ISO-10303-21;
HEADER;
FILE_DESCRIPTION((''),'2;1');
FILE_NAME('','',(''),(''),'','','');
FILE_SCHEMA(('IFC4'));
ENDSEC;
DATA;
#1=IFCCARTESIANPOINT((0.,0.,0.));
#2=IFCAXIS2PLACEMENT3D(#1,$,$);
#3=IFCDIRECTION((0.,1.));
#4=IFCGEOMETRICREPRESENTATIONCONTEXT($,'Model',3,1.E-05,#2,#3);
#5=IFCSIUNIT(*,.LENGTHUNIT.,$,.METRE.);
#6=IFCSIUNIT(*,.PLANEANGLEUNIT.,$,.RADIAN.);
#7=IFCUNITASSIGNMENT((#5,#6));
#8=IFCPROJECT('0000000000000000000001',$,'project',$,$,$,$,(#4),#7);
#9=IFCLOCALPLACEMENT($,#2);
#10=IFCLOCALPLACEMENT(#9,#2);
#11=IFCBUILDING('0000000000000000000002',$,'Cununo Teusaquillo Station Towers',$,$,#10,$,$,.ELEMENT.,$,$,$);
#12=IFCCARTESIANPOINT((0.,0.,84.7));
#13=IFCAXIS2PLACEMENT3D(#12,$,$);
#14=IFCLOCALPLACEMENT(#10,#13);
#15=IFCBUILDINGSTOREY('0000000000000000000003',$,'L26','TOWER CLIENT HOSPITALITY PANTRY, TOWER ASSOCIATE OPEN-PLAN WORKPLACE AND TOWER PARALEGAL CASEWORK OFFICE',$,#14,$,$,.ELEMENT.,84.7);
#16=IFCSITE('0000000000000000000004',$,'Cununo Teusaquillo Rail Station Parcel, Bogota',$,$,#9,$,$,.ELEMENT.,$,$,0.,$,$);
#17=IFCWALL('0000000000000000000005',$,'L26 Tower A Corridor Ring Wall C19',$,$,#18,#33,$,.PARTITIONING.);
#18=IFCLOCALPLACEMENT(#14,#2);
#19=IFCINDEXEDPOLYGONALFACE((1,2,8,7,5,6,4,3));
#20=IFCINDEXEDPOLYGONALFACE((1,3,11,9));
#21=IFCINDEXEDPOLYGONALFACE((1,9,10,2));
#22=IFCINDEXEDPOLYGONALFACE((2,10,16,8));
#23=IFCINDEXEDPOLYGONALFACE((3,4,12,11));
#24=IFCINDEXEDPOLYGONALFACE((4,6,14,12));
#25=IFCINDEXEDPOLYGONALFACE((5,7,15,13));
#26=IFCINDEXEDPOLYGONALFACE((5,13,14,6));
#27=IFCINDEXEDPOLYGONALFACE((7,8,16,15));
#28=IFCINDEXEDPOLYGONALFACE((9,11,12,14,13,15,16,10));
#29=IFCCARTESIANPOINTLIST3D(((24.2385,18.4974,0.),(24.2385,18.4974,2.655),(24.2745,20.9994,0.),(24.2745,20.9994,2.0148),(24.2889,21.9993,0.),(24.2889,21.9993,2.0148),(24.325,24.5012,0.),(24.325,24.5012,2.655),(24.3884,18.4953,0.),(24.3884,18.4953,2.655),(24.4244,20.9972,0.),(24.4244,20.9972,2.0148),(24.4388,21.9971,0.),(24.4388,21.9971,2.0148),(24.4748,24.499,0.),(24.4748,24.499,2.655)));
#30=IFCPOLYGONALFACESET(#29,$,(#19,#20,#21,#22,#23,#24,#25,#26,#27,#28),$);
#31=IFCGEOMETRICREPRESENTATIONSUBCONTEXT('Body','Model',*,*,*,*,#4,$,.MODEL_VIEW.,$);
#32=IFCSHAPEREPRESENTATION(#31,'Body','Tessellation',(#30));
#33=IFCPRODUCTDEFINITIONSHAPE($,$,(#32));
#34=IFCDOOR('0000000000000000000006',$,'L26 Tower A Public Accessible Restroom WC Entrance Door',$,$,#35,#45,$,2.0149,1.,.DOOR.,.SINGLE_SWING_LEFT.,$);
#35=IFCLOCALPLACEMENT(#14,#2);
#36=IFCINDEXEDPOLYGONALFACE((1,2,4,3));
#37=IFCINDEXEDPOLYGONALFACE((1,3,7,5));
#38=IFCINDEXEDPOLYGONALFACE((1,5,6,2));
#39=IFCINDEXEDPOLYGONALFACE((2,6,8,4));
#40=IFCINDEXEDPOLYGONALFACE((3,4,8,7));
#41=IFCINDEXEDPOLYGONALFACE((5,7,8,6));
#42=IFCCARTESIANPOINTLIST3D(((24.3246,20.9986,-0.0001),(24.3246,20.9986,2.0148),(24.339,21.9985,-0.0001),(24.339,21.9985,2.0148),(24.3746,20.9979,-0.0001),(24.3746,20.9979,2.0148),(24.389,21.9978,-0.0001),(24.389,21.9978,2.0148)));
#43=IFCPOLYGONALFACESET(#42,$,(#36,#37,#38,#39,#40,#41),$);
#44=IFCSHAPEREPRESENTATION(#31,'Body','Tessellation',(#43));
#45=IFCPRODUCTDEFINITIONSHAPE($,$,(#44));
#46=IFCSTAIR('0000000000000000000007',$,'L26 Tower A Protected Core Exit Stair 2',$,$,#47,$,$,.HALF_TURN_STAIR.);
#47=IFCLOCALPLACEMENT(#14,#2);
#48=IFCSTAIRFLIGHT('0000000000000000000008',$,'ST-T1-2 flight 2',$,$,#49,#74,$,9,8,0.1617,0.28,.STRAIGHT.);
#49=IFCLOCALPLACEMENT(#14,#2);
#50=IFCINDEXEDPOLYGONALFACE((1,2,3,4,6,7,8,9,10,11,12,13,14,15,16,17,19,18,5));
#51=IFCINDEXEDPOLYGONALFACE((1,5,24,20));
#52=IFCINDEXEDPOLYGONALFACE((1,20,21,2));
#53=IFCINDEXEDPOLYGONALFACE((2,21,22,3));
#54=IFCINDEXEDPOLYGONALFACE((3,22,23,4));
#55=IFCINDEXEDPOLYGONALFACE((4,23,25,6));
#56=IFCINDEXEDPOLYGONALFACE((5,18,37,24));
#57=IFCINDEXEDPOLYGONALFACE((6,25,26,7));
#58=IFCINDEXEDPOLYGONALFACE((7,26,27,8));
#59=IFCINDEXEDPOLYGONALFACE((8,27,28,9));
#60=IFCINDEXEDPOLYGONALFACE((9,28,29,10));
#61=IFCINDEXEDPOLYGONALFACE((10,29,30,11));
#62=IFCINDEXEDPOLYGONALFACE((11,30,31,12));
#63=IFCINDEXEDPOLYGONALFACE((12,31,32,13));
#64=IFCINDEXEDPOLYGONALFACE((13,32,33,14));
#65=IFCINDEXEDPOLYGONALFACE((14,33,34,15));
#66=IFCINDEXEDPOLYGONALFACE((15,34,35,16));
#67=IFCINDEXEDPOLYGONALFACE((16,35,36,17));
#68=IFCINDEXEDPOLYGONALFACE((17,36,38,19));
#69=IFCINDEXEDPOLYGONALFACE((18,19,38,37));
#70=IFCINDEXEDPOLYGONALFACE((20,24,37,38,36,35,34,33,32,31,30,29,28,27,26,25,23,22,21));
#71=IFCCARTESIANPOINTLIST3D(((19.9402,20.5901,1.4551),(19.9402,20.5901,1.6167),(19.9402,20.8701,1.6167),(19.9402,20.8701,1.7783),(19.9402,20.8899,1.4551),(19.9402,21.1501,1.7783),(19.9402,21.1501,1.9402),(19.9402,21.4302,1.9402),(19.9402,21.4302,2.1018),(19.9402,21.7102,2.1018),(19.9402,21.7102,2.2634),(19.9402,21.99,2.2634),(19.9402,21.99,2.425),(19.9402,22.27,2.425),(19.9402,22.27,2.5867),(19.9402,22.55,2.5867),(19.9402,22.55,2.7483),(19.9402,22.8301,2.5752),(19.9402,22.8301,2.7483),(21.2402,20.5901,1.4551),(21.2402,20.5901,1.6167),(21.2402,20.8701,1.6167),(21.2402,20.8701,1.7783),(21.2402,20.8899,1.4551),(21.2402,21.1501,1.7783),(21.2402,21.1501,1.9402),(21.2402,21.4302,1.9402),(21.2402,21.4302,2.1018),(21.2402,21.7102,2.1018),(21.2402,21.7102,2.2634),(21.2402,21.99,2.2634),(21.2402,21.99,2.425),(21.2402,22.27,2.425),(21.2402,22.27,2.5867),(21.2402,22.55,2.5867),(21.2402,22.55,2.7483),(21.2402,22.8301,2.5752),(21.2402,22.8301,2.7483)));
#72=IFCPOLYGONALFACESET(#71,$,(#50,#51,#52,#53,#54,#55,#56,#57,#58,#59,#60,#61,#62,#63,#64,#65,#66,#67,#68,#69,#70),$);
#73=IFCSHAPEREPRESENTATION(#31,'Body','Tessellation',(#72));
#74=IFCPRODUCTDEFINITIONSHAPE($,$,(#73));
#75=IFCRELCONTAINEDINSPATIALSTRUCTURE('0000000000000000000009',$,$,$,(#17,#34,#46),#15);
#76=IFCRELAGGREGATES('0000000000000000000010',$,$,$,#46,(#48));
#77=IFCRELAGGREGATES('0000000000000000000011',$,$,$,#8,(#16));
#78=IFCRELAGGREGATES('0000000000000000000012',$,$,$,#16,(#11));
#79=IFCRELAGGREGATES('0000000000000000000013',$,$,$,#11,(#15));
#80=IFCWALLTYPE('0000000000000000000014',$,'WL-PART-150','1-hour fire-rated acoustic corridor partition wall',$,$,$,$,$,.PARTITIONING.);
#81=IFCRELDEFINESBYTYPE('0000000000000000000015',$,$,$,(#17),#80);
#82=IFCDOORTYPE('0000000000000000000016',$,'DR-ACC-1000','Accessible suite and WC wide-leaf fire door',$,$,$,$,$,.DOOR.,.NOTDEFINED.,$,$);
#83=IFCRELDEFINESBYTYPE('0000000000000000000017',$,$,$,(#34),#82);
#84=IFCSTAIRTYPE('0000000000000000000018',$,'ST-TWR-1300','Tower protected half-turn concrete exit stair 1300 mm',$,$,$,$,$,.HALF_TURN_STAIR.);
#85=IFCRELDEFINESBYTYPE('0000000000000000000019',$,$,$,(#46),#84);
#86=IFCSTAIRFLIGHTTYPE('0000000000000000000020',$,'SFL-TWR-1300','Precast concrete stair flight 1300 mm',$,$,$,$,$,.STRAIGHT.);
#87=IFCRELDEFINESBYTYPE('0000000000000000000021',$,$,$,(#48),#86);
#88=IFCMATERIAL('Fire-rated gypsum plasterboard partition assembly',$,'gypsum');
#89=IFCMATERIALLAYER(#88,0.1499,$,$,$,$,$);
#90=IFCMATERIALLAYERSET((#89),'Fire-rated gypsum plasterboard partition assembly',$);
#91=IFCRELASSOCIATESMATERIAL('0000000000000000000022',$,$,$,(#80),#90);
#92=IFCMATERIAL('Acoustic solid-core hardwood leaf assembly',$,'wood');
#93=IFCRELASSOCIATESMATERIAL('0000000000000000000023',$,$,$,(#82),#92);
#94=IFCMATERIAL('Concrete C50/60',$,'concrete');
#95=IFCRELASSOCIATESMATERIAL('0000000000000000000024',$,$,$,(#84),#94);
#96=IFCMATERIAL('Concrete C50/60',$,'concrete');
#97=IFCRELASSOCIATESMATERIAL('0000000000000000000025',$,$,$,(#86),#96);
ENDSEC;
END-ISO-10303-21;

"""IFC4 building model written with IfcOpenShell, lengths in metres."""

from ifc_helpers import new_model, si_unit, direction, frame, frame_2d, origin, place, context, subcontext, project, spatial, polyline, rectangle, outline, extrude, source, transform, mapped, material, layer, layer_set, type_object, element, fill, aggregate, save


model = new_model("IFC4")

# Units and contexts
model_context = context("Model", 3, precision=1e-05, world=origin(), true_north=direction((0.0, 1.0)))
body_context = subcontext(model_context, "Body", "Model", "MODEL_VIEW")
ifc_project = project(units=[si_unit("LENGTHUNIT", "METRE"), si_unit("PLANEANGLEUNIT", "RADIAN")], contexts=[model_context])

# Site, building, storey
site_placement = place(None, origin())
site = spatial("IfcSite", under=ifc_project, at=site_placement, Name="Cununo Teusaquillo Rail Station Parcel, Bogota", CompositionType="ELEMENT", RefElevation=0.0)
building_placement = place(site_placement, origin())
building = spatial("IfcBuilding", under=site, at=building_placement, Name="Cununo Teusaquillo Station Towers", CompositionType="ELEMENT")
storey_placement = place(building_placement, frame((0.0, 0.0, 84.7)))
storey = spatial("IfcBuildingStorey", under=building, at=storey_placement, Name="L26", Description="TOWER CLIENT HOSPITALITY PANTRY, TOWER ASSOCIATE OPEN-PLAN WORKPLACE AND TOWER PARALEGAL CASEWORK OFFICE", CompositionType="ELEMENT", Elevation=84.7)

# Wall, opening, door
ifc_material_1 = material(Name="Fire-rated gypsum plasterboard partition assembly", Category="gypsum")
ifc_layer_1 = layer(ifc_material_1, 0.1499)
ifc_layer_set_1 = layer_set([ifc_layer_1], Name="Fire-rated gypsum plasterboard partition assembly")
wall_type_1 = type_object("IfcWallType", Name="WL-PART-150", Description="1-hour fire-rated acoustic corridor partition wall", PredefinedType="PARTITIONING", material=ifc_layer_set_1)
wall_1_placement = place(storey_placement, frame((24.3135, 18.4963, 0.0), z_axis=(0.0, 0.0, 1.0), x_axis=(0.014394, 0.999896, 0.0)))
wall_1 = element("IfcWall", 1, at=wall_1_placement, inside=storey, type_object=wall_type_1, Name="L26 Tower A Corridor Ring Wall C19", PredefinedType="PARTITIONING", context=body_context, shape_type="SweptSolid", body=[
    extrude(rectangle(XDim=6.0044, YDim=0.1499, at=frame_2d((3.0022, 0.0))), origin(), (0.0, 0.0, 1.0), 2.655),
])
shared_shape_1 = source(origin(), body_context, "Body", "SweptSolid", [
    extrude(rectangle(XDim=1.0, YDim=2.0149, at=frame_2d((0.5, 1.0073))), frame((0.0, 0.085, 0.0), z_axis=(0.0, -1.0, 0.0), x_axis=(1.0, 0.0, 0.0)), (0.0, 0.0, 1.0), 0.1699),
])
opening_placement = place(wall_1_placement, frame((2.5022, 0.0, 0.0)))
opening = element("IfcOpeningElement", 2, at=opening_placement, cuts=wall_1, PredefinedType="OPENING", context=body_context, shape_type="MappedRepresentation", body=[
    mapped(shared_shape_1, transform((0.0, 0.0, 0.0), x_axis=(1.0, 0.0, 0.0), y_axis=(0.0, 1.0, 0.0), z_axis=(0.0, 0.0, 1.0), scale=1.0)),
])
ifc_material_2 = material(Name="Acoustic solid-core hardwood leaf assembly", Category="wood")
door_type = type_object("IfcDoorType", Name="DR-ACC-1000", Description="Accessible suite and WC wide-leaf fire door", OperationType="NOTDEFINED", PredefinedType="DOOR", material=ifc_material_2)
shared_shape_2 = source(origin(), body_context, "Body", "SweptSolid", [
    extrude(rectangle(XDim=1.0, YDim=2.0149, at=frame_2d((0.5, 1.0073))), frame((0.0, 0.0249, 0.0), z_axis=(0.0, -1.0, 0.0), x_axis=(1.0, 0.0, 0.0)), (0.0, 0.0, 1.0), 0.05),
])
door_placement = place(opening_placement, origin())
door = element("IfcDoor", 3, at=door_placement, inside=storey, type_object=door_type, Name="L26 Tower A Public Accessible Restroom WC Entrance Door", OperationType="SINGLE_SWING_LEFT", OverallHeight=2.0149, OverallWidth=1.0, PredefinedType="DOOR", context=body_context, shape_type="MappedRepresentation", body=[
    mapped(shared_shape_2, transform((0.0, 0.0, 0.0), x_axis=(1.0, 0.0, 0.0), y_axis=(0.0, 1.0, 0.0), z_axis=(0.0, 0.0, 1.0), scale=1.0)),
])
fill(opening, door)

# Stair, stair flight
ifc_material_3 = material(Name="Concrete C50/60", Category="concrete")
stair_type = type_object("IfcStairType", Name="ST-TWR-1300", Description="Tower protected half-turn concrete exit stair 1300 mm", PredefinedType="HALF_TURN_STAIR", material=ifc_material_3)
stair_placement = place(storey_placement, origin())
stair = element("IfcStair", 4, at=stair_placement, inside=storey, type_object=stair_type, Name="L26 Tower A Protected Core Exit Stair 2", PredefinedType="HALF_TURN_STAIR")
ifc_material_4 = material(Name="Concrete C50/60", Category="concrete")
stair_flight_type = type_object("IfcStairFlightType", Name="SFL-TWR-1300", Description="Precast concrete stair flight 1300 mm", PredefinedType="STRAIGHT", material=ifc_material_4)
stair_flight_placement = place(storey_placement, frame((20.5901, 20.5901, 1.4551), z_axis=(0.0, 0.0, 1.0), x_axis=(0.0, 1.0, 0.0)))
stair_flight = element("IfcStairFlight", 5, at=stair_flight_placement, type_object=stair_flight_type, Name="ST-T1-2 flight 2", NumberOfRisers=9, NumberOfTreads=8, PredefinedType="STRAIGHT", RiserHeight=0.1617, TreadLength=0.28, context=body_context, shape_type="SweptSolid", body=[
    extrude(outline(polyline([(0.0, 0.0), (0.0, 0.1616), (0.28, 0.1616), (0.28, 0.3232), (0.5601, 0.3232), (0.5601, 0.4851), (0.8401, 0.4851), (0.8401, 0.6467), (1.1201, 0.6467), (1.1201, 0.8083), (1.3999, 0.8083), (1.3999, 0.97), (1.6799, 0.97), (1.6799, 1.1316), (1.96, 1.1316), (1.96, 1.2932), (2.24, 1.2932), (2.24, 1.4551), (2.24, 1.1201), (0.2998, 0.0), (0.0, 0.0)])), frame((0.0, 0.6499, 0.0), z_axis=(0.0, -1.0, 0.0), x_axis=(1.0, 0.0, 0.0)), (0.0, 0.0, 1.0), 1.3),
])
aggregate(stair, [stair_flight])

save(model, "model.ifc")
